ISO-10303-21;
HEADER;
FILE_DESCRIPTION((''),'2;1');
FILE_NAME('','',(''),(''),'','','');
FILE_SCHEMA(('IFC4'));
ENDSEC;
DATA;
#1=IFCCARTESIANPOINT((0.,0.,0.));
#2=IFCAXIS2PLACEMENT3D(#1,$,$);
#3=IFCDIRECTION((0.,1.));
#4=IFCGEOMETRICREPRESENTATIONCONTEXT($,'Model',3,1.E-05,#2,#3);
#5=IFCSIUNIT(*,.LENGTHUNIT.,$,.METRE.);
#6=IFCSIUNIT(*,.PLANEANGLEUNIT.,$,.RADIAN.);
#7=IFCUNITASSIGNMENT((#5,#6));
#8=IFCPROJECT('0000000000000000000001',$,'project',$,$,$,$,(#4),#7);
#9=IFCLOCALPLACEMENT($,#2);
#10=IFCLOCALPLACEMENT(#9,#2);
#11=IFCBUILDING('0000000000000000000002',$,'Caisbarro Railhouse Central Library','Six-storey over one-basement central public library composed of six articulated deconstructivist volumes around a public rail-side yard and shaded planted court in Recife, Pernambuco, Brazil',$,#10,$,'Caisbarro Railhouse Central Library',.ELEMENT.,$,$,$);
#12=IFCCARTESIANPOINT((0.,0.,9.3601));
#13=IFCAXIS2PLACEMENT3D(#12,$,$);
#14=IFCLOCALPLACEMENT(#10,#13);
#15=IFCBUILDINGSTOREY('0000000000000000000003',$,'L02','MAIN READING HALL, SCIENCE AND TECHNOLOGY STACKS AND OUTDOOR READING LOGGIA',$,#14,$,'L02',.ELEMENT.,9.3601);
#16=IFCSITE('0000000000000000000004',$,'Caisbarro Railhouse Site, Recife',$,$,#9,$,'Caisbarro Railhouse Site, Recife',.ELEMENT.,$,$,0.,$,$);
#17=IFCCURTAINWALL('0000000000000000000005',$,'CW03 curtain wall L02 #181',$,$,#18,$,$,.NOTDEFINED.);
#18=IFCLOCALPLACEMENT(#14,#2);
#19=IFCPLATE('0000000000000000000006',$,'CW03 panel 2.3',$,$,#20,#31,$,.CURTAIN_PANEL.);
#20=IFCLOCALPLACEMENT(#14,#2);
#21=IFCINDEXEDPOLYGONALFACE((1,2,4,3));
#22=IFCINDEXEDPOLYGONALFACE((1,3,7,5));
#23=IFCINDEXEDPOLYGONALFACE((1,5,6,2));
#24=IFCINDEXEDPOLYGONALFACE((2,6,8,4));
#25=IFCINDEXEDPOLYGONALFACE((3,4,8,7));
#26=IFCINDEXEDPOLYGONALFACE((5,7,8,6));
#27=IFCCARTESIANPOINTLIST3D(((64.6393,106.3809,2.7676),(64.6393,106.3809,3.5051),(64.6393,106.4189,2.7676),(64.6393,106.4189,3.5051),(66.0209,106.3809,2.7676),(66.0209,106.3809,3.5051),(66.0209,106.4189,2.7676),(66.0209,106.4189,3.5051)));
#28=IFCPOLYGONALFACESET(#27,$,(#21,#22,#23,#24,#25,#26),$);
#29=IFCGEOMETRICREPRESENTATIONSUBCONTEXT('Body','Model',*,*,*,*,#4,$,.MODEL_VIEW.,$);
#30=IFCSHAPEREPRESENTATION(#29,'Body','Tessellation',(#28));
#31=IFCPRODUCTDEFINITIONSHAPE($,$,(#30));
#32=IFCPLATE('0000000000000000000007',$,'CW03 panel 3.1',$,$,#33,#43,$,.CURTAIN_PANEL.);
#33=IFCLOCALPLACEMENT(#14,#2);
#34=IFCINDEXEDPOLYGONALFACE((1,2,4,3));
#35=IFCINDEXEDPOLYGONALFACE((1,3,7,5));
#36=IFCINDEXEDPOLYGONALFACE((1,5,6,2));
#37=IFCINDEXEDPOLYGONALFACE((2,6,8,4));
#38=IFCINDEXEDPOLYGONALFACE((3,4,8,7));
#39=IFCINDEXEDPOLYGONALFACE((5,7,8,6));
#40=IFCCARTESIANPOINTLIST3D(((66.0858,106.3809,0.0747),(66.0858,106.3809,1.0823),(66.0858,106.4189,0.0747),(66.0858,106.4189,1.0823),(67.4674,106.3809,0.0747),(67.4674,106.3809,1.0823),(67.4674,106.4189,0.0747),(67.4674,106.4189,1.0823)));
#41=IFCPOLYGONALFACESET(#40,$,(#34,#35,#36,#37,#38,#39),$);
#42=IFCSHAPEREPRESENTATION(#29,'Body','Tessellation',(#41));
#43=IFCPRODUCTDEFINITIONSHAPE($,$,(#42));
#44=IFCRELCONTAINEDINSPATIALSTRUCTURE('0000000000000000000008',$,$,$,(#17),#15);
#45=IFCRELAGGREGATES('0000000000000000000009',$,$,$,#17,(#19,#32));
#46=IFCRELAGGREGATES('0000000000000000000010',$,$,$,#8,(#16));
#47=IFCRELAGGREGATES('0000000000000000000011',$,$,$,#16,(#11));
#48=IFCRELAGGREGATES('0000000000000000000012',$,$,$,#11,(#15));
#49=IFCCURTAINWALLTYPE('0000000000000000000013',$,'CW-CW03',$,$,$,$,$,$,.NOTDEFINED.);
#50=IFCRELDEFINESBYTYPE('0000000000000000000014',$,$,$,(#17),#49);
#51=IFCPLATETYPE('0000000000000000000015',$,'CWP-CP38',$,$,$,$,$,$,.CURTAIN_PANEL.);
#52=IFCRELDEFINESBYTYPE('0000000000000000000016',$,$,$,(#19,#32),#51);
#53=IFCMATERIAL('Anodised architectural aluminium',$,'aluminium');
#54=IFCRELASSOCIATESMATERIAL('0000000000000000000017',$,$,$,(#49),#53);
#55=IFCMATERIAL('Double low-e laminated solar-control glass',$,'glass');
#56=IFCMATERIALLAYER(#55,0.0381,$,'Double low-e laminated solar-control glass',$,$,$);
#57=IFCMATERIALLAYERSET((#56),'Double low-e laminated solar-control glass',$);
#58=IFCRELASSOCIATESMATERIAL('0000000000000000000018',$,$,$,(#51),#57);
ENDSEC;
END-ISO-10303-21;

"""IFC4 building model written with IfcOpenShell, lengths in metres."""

from ifc_helpers import new_model, si_unit, direction, frame, origin, origin_2d, place, context, subcontext, project, spatial, rectangle, extrude, material, layer, layer_set, type_object, element, aggregate, save


model = new_model("IFC4")

# Units and contexts
model_context = context("Model", 3, precision=1e-05, world=origin(), true_north=direction((0.0, 1.0)))
body_context = subcontext(model_context, "Body", "Model", "MODEL_VIEW")
ifc_project = project(units=[si_unit("LENGTHUNIT", "METRE"), si_unit("PLANEANGLEUNIT", "RADIAN")], contexts=[model_context])

# Site, building, storey
site_placement = place(None, origin())
site = spatial("IfcSite", under=ifc_project, at=site_placement, Name="Caisbarro Railhouse Site, Recife", LongName="Caisbarro Railhouse Site, Recife", CompositionType="ELEMENT", RefElevation=0.0)
building_placement = place(site_placement, origin())
building = spatial("IfcBuilding", under=site, at=building_placement, Name="Caisbarro Railhouse Central Library", Description="Six-storey over one-basement central public library composed of six articulated deconstructivist volumes around a public rail-side yard and shaded planted court in Recife, Pernambuco, Brazil", LongName="Caisbarro Railhouse Central Library", CompositionType="ELEMENT")
storey_placement = place(building_placement, frame((0.0, 0.0, 9.3601)))
storey = spatial("IfcBuildingStorey", under=building, at=storey_placement, Name="L02", Description="MAIN READING HALL, SCIENCE AND TECHNOLOGY STACKS AND OUTDOOR READING LOGGIA", LongName="L02", CompositionType="ELEMENT", Elevation=9.3601)

# Curtain wall, plates
ifc_material_1 = material(Name="Anodised architectural aluminium", Category="aluminium")
curtain_wall_type = type_object("IfcCurtainWallType", Name="CW-CW03", PredefinedType="NOTDEFINED", material=ifc_material_1)
curtain_wall_placement = place(storey_placement, origin())
curtain_wall = element("IfcCurtainWall", 1, at=curtain_wall_placement, inside=storey, type_object=curtain_wall_type, Name="CW03 curtain wall L02 #181", PredefinedType="NOTDEFINED")
ifc_material_2 = material(Name="Double low-e laminated solar-control glass", Category="glass")
ifc_layer = layer(ifc_material_2, 0.0381, Name="Double low-e laminated solar-control glass")
ifc_layer_set = layer_set([ifc_layer], Name="Double low-e laminated solar-control glass")
plate_type = type_object("IfcPlateType", Name="CWP-CP38", PredefinedType="CURTAIN_PANEL", material=ifc_layer_set)
plate_1_placement = place(storey_placement, frame((65.3301, 106.3999, 2.7676), z_axis=(0.0, 0.0, 1.0), x_axis=(1.0, 0.0, 0.0)))
plate_1 = element("IfcPlate", 2, at=plate_1_placement, type_object=plate_type, Name="CW03 panel 2.3", PredefinedType="CURTAIN_PANEL", context=body_context, shape_type="SweptSolid", body=[
    extrude(rectangle(XDim=1.3816, YDim=0.0381, at=origin_2d()), origin(), (0.0, 0.0, 1.0), 0.7375),
])
plate_2_placement = place(storey_placement, frame((66.7766, 106.3999, 0.0747), z_axis=(0.0, 0.0, 1.0), x_axis=(1.0, 0.0, 0.0)))
plate_2 = element("IfcPlate", 3, at=plate_2_placement, type_object=plate_type, Name="CW03 panel 3.1", PredefinedType="CURTAIN_PANEL", context=body_context, shape_type="SweptSolid", body=[
    extrude(rectangle(XDim=1.3816, YDim=0.0381, at=origin_2d()), origin(), (0.0, 0.0, 1.0), 1.0076),
])
aggregate(curtain_wall, [plate_1, plate_2])

save(model, "model.ifc")
